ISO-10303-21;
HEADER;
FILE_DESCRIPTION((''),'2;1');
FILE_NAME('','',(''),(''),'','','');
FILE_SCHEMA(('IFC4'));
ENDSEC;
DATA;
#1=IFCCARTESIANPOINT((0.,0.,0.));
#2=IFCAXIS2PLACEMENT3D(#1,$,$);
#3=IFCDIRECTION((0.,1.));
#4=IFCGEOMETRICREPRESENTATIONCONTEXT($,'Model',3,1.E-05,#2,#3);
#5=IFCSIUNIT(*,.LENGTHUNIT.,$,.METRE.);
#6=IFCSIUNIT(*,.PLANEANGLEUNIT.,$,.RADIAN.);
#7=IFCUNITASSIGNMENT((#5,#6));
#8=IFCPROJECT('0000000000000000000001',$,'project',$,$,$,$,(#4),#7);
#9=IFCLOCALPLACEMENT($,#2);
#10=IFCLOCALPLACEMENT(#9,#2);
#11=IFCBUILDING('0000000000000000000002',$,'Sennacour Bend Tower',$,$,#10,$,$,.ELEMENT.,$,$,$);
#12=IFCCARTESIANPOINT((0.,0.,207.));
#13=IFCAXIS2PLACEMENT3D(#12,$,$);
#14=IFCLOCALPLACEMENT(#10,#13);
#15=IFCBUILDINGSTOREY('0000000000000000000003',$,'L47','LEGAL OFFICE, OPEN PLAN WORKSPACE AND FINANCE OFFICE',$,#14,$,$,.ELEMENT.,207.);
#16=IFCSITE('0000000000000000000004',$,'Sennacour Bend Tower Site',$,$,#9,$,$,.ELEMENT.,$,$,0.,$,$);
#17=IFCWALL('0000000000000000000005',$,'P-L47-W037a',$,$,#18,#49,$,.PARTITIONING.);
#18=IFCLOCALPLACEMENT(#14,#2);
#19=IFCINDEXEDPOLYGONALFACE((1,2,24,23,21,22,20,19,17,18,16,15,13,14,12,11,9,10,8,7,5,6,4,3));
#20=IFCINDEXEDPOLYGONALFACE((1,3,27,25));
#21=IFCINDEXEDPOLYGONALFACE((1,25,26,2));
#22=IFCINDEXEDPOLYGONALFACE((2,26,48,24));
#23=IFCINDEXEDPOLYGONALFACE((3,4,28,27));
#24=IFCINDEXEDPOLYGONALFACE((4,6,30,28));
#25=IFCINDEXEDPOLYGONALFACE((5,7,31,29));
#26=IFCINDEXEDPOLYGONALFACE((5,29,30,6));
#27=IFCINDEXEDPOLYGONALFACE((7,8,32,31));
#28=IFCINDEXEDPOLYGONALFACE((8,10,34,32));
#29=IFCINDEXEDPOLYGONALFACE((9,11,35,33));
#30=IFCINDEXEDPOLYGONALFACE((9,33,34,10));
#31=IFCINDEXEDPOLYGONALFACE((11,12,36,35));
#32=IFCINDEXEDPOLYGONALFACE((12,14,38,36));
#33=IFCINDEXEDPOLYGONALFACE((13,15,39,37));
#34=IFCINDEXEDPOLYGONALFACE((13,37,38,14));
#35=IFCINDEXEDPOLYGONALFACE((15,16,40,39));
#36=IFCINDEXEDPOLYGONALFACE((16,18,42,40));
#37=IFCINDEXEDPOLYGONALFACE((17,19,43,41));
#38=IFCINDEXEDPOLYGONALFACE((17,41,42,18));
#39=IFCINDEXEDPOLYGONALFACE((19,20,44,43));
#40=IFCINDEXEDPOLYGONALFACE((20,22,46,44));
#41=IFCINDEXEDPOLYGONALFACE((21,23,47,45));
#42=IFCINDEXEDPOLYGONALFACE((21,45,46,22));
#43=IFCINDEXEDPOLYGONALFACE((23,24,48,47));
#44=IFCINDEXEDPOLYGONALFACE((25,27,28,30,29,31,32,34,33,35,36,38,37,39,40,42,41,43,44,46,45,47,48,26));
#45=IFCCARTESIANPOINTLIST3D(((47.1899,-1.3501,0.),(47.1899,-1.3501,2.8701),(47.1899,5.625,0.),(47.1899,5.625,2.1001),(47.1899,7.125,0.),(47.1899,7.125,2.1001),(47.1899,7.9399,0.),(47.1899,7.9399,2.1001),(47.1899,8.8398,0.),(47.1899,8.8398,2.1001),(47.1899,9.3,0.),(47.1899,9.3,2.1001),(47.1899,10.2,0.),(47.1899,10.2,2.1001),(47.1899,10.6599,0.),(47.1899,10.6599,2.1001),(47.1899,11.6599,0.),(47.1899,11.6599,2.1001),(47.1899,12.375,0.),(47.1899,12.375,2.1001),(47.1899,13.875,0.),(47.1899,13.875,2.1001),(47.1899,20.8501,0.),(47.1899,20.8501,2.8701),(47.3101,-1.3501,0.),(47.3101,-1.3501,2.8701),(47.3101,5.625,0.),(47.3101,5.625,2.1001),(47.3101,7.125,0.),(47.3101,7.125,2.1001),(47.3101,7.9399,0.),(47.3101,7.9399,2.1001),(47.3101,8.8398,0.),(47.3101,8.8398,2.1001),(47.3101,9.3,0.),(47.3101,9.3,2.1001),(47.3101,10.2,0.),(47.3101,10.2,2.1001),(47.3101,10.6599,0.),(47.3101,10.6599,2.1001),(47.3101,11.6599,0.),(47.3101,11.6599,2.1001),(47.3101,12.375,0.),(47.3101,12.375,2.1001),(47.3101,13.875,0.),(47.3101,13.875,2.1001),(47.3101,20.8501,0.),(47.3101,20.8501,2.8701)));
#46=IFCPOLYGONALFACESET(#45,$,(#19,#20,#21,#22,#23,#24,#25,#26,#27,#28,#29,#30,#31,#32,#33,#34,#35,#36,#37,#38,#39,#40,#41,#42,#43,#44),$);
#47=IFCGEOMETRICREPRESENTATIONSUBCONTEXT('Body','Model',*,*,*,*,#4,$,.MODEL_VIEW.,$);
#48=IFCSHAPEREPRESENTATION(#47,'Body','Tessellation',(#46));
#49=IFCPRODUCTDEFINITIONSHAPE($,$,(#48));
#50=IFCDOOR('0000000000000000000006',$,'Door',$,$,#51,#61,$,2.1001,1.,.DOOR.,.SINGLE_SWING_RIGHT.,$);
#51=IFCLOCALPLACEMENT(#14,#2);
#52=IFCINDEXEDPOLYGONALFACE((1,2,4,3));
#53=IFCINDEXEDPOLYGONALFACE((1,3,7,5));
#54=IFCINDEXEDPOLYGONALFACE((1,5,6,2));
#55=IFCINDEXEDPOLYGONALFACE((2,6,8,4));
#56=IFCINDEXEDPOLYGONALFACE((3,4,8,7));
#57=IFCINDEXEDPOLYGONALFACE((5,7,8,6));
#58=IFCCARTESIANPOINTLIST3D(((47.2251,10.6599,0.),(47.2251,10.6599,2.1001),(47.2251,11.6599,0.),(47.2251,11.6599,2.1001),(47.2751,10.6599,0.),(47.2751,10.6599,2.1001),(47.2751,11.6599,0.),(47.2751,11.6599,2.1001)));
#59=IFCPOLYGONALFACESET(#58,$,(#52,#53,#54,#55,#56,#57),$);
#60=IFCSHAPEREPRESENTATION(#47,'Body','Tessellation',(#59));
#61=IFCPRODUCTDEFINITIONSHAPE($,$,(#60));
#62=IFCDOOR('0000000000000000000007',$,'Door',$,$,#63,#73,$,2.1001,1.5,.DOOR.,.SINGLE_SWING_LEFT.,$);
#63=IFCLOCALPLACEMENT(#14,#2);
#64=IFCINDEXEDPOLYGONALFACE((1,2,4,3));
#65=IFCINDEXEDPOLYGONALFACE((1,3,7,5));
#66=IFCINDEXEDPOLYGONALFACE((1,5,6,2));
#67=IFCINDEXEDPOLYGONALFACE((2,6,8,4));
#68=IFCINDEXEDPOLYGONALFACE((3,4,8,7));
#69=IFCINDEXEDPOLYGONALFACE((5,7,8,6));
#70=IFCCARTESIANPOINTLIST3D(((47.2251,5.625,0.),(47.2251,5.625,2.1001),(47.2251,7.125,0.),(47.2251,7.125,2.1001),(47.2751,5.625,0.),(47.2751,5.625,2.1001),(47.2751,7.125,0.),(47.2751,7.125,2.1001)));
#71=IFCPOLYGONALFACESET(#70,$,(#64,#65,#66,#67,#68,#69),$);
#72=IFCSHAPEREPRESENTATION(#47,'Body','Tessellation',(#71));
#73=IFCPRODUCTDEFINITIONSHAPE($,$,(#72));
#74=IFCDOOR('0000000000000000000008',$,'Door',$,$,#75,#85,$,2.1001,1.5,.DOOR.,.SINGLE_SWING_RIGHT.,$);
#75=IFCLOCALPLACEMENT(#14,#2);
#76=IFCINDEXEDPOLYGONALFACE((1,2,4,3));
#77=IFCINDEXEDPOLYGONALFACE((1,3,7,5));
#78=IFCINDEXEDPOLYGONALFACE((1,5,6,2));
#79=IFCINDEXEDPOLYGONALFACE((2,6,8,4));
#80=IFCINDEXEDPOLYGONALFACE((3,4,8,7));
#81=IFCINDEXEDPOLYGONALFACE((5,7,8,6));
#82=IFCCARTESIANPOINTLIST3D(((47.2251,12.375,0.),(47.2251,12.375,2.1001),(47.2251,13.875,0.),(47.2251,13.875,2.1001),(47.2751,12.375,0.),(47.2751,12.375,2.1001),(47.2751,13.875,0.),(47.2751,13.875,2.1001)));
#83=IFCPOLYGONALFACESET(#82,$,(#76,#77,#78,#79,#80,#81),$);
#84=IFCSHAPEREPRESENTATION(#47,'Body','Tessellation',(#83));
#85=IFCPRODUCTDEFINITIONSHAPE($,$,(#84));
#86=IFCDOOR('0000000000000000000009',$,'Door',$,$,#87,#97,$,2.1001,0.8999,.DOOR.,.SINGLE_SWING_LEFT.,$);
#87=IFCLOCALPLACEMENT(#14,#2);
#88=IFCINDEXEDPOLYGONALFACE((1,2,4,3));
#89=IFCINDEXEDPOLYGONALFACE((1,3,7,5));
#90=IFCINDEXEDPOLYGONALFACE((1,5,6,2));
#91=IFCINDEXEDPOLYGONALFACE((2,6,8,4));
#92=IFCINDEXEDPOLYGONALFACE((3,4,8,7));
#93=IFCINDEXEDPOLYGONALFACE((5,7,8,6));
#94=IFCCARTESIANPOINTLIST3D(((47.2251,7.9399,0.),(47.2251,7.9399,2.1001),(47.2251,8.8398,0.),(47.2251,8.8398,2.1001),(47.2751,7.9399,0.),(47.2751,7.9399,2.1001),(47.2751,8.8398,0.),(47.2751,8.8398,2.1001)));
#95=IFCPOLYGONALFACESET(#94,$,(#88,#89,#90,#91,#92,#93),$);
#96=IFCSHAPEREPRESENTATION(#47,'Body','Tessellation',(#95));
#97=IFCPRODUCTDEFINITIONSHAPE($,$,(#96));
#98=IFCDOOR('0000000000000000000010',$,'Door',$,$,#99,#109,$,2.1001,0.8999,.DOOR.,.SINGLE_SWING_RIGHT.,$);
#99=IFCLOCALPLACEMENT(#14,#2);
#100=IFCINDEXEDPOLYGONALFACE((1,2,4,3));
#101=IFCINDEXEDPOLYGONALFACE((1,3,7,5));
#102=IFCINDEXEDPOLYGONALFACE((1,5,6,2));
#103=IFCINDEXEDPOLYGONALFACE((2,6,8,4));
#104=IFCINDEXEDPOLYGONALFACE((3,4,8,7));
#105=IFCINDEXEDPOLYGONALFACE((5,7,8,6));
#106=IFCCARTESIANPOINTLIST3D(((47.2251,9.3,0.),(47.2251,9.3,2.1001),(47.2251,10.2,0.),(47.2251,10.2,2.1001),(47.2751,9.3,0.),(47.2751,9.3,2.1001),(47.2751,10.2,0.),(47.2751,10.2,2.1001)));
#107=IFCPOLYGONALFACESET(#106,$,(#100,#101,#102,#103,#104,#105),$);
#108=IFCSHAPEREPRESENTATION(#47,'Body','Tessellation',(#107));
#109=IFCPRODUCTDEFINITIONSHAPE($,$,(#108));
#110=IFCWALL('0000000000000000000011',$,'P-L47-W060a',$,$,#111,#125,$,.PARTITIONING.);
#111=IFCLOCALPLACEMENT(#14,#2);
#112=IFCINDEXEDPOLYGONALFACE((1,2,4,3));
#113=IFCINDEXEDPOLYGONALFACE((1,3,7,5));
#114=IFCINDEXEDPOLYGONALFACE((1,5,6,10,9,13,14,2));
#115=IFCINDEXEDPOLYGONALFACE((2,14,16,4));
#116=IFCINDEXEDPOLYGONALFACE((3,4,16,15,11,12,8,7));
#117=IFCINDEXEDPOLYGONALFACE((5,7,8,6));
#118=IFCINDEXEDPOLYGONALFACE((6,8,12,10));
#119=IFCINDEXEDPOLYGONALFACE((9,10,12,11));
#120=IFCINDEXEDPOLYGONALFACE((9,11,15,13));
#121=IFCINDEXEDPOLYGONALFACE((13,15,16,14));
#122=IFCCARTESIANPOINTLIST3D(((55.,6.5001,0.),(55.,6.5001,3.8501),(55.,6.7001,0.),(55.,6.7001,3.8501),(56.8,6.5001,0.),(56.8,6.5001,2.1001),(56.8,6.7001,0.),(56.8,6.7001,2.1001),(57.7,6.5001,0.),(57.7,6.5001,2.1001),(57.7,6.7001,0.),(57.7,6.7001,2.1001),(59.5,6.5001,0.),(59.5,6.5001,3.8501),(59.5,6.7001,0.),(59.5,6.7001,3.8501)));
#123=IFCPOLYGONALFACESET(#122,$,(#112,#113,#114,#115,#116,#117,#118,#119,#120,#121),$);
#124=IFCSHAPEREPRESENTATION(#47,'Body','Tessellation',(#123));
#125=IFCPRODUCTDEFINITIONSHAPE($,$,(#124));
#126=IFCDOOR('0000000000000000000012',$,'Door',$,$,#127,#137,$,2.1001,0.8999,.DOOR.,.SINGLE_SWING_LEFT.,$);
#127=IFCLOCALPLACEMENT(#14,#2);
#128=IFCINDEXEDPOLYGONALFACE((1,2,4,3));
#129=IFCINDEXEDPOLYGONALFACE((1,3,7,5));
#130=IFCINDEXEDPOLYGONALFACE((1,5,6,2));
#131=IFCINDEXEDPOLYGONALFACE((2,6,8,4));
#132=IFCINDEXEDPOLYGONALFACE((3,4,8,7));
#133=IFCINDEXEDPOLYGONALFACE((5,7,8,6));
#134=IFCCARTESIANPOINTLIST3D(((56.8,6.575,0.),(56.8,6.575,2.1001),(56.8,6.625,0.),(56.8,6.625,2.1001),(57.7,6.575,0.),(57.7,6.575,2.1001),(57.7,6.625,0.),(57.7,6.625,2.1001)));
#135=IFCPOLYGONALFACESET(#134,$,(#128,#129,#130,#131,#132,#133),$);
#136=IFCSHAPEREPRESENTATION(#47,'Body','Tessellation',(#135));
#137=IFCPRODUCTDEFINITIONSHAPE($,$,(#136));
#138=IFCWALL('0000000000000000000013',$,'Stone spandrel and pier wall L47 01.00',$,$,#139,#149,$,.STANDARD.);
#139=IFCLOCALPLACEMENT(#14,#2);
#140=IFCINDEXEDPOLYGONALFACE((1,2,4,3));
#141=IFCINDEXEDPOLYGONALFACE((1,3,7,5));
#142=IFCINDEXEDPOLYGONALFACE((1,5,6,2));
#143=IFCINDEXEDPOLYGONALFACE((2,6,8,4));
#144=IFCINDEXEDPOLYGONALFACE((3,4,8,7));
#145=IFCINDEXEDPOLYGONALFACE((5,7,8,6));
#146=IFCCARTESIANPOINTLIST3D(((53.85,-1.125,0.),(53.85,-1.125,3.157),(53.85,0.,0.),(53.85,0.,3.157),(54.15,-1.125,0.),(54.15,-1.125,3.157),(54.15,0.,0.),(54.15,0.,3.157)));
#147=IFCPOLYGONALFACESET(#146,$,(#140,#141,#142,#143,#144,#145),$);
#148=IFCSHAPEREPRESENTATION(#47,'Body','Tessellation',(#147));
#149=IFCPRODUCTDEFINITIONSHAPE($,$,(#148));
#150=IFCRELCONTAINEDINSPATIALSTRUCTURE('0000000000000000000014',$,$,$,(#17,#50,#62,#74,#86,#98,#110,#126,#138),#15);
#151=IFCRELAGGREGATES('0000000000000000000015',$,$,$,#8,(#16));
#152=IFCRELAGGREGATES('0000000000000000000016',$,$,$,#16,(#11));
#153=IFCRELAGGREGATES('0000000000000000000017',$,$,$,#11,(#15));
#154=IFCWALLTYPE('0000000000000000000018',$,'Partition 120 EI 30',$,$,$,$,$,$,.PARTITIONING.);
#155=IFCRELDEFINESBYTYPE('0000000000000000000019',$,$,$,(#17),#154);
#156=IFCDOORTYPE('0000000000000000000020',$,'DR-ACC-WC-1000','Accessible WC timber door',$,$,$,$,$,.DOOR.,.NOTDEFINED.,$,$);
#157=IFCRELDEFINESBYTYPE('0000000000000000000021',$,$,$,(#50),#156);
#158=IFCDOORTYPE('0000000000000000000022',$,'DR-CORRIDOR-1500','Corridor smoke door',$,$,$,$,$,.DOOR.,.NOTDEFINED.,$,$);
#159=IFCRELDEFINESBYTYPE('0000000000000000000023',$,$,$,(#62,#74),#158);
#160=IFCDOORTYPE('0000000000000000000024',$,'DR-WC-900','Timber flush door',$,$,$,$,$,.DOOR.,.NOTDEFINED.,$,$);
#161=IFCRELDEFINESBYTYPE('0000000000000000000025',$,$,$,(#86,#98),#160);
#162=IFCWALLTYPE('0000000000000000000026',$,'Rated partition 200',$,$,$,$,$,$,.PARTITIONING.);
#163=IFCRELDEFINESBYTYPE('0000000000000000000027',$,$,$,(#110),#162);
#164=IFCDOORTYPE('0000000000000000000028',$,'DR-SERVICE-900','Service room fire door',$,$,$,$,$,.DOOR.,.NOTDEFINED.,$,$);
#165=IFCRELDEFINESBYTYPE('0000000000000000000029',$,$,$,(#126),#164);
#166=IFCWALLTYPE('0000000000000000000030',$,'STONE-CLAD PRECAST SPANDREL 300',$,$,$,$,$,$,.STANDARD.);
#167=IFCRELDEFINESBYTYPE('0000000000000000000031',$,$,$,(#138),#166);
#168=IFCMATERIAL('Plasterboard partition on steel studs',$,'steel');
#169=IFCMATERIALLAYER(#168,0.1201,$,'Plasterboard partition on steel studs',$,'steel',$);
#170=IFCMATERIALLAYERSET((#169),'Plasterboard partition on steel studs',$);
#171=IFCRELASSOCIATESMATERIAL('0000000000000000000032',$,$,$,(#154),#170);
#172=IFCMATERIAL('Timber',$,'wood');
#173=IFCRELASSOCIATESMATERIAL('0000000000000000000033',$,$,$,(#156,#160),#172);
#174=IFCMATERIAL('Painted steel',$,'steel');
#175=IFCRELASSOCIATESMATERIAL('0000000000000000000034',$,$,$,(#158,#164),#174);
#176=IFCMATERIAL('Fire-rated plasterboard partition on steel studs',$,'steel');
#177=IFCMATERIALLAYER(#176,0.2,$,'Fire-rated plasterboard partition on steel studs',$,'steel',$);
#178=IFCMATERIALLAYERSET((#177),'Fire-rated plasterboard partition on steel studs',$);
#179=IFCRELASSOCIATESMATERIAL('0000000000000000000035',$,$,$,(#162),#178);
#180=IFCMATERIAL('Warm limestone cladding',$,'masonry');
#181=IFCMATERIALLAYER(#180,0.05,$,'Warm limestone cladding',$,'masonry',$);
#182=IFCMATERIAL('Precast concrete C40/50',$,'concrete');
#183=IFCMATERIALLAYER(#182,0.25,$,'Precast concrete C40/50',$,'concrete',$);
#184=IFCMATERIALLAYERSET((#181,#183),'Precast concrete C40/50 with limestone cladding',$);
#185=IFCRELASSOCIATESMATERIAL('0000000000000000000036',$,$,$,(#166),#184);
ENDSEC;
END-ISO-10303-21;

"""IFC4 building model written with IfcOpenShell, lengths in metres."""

from ifc_helpers import new_model, si_unit, direction, frame, frame_2d, origin, place, context, subcontext, project, spatial, rectangle, extrude, material, layer, layer_set, type_object, element, fill, save


model = new_model("IFC4")

# Units and contexts
model_context = context("Model", 3, precision=1e-05, world=origin(), true_north=direction((0.0, 1.0)))
body_context = subcontext(model_context, "Body", "Model", "MODEL_VIEW")
ifc_project = project(units=[si_unit("LENGTHUNIT", "METRE"), si_unit("PLANEANGLEUNIT", "RADIAN")], contexts=[model_context])

# Site, building, storey
site_placement = place(None, origin())
site = spatial("IfcSite", under=ifc_project, at=site_placement, Name="Sennacour Bend Tower Site", CompositionType="ELEMENT", RefElevation=0.0)
building_placement = place(site_placement, origin())
building = spatial("IfcBuilding", under=site, at=building_placement, Name="Sennacour Bend Tower", CompositionType="ELEMENT")
storey_placement = place(building_placement, frame((0.0, 0.0, 207.0)))
storey = spatial("IfcBuildingStorey", under=building, at=storey_placement, Name="L47", Description="LEGAL OFFICE, OPEN PLAN WORKSPACE AND FINANCE OFFICE", CompositionType="ELEMENT", Elevation=207.0)

# Shared definitions
ifc_material_1 = material(Name="Painted steel", Category="steel")

# Shared definitions
ifc_material_2 = material(Name="Plasterboard partition on steel studs", Category="steel")

# Wall, openings, doors
ifc_layer_1 = layer(ifc_material_2, 0.1201, Name="Plasterboard partition on steel studs", Category="steel")
ifc_layer_set_1 = layer_set([ifc_layer_1], Name="Plasterboard partition on steel studs")
wall_type_1 = type_object("IfcWallType", Name="Partition 120 EI 30", PredefinedType="PARTITIONING", material=ifc_layer_set_1)
wall_1_placement = place(storey_placement, frame((47.25, -1.3501, 0.0), z_axis=(0.0, 0.0, 1.0), x_axis=(0.0, 1.0, 0.0)))
wall_1 = element("IfcWall", 1, at=wall_1_placement, inside=storey, type_object=wall_type_1, Name="P-L47-W037a", PredefinedType="PARTITIONING", context=body_context, shape_type="SweptSolid", body=[
    extrude(rectangle(XDim=22.2002, YDim=0.1201, at=frame_2d((11.1001, 0.0))), origin(), (0.0, 0.0, 1.0), 2.8701),
])
opening_1_placement = place(wall_1_placement, frame((6.9751, 0.0, 0.0)))
opening_1 = element("IfcOpeningElement", 2, at=opening_1_placement, cuts=wall_1, PredefinedType="OPENING", context=body_context, shape_type="SweptSolid", body=[
    extrude(rectangle(XDim=1.5, YDim=2.1001, at=frame_2d((0.75, 1.05))), frame((0.0, 0.0701, 0.0), z_axis=(0.0, -1.0, 0.0), x_axis=(1.0, 0.0, 0.0)), (0.0, 0.0, 1.0), 0.1401),
])
opening_2_placement = place(wall_1_placement, frame((13.7251, 0.0, 0.0)))
opening_2 = element("IfcOpeningElement", 3, at=opening_2_placement, cuts=wall_1, PredefinedType="OPENING", context=body_context, shape_type="SweptSolid", body=[
    extrude(rectangle(XDim=1.5, YDim=2.1001, at=frame_2d((0.75, 1.05))), frame((0.0, 0.0701, 0.0), z_axis=(0.0, -1.0, 0.0), x_axis=(1.0, 0.0, 0.0)), (0.0, 0.0, 1.0), 0.1401),
])
opening_3_placement = place(wall_1_placement, frame((9.29, 0.0, 0.0)))
opening_3 = element("IfcOpeningElement", 4, at=opening_3_placement, cuts=wall_1, PredefinedType="OPENING", context=body_context, shape_type="SweptSolid", body=[
    extrude(rectangle(XDim=0.8999, YDim=2.1001, at=frame_2d((0.45, 1.05))), frame((0.0, 0.0701, 0.0), z_axis=(0.0, -1.0, 0.0), x_axis=(1.0, 0.0, 0.0)), (0.0, 0.0, 1.0), 0.1401),
])
opening_4_placement = place(wall_1_placement, frame((10.6501, 0.0, 0.0)))
opening_4 = element("IfcOpeningElement", 5, at=opening_4_placement, cuts=wall_1, PredefinedType="OPENING", context=body_context, shape_type="SweptSolid", body=[
    extrude(rectangle(XDim=0.8999, YDim=2.1001, at=frame_2d((0.45, 1.05))), frame((0.0, 0.0701, 0.0), z_axis=(0.0, -1.0, 0.0), x_axis=(1.0, 0.0, 0.0)), (0.0, 0.0, 1.0), 0.1401),
])
opening_5_placement = place(wall_1_placement, frame((12.01, 0.0, 0.0)))
opening_5 = element("IfcOpeningElement", 6, at=opening_5_placement, cuts=wall_1, PredefinedType="OPENING", context=body_context, shape_type="SweptSolid", body=[
    extrude(rectangle(XDim=1.0, YDim=2.1001, at=frame_2d((0.5, 1.05))), frame((0.0, 0.0701, 0.0), z_axis=(0.0, -1.0, 0.0), x_axis=(1.0, 0.0, 0.0)), (0.0, 0.0, 1.0), 0.1401),
])
ifc_material_3 = material(Name="Timber", Category="wood")
door_type_1 = type_object("IfcDoorType", Name="DR-ACC-WC-1000", Description="Accessible WC timber door", OperationType="NOTDEFINED", PredefinedType="DOOR", material=ifc_material_3)
door_1_placement = place(opening_5_placement, origin())
door_1 = element("IfcDoor", 7, at=door_1_placement, inside=storey, type_object=door_type_1, Name="Door", OperationType="SINGLE_SWING_RIGHT", OverallHeight=2.1001, OverallWidth=1.0, PredefinedType="DOOR", context=body_context, shape_type="SweptSolid", body=[
    extrude(rectangle(XDim=1.0, YDim=2.1001, at=frame_2d((0.5, 1.05))), frame((0.0, 0.0249, 0.0), z_axis=(0.0, -1.0, 0.0), x_axis=(1.0, 0.0, 0.0)), (0.0, 0.0, 1.0), 0.05),
])
fill(opening_5, door_1)
door_type_2 = type_object("IfcDoorType", Name="DR-CORRIDOR-1500", Description="Corridor smoke door", OperationType="NOTDEFINED", PredefinedType="DOOR", material=ifc_material_1)
door_2_placement = place(opening_1_placement, origin())
door_2 = element("IfcDoor", 8, at=door_2_placement, inside=storey, type_object=door_type_2, Name="Door", OperationType="SINGLE_SWING_LEFT", OverallHeight=2.1001, OverallWidth=1.5, PredefinedType="DOOR", context=body_context, shape_type="SweptSolid", body=[
    extrude(rectangle(XDim=1.5, YDim=2.1001, at=frame_2d((0.75, 1.05))), frame((0.0, 0.0249, 0.0), z_axis=(0.0, -1.0, 0.0), x_axis=(1.0, 0.0, 0.0)), (0.0, 0.0, 1.0), 0.05),
])
fill(opening_1, door_2)
door_3_placement = place(opening_2_placement, origin())
door_3 = element("IfcDoor", 9, at=door_3_placement, inside=storey, type_object=door_type_2, Name="Door", OperationType="SINGLE_SWING_RIGHT", OverallHeight=2.1001, OverallWidth=1.5, PredefinedType="DOOR", context=body_context, shape_type="SweptSolid", body=[
    extrude(rectangle(XDim=1.5, YDim=2.1001, at=frame_2d((0.75, 1.05))), frame((0.0, 0.0249, 0.0), z_axis=(0.0, -1.0, 0.0), x_axis=(1.0, 0.0, 0.0)), (0.0, 0.0, 1.0), 0.05),
])
fill(opening_2, door_3)
door_type_3 = type_object("IfcDoorType", Name="DR-WC-900", Description="Timber flush door", OperationType="NOTDEFINED", PredefinedType="DOOR", material=ifc_material_3)
door_4_placement = place(opening_3_placement, origin())
door_4 = element("IfcDoor", 10, at=door_4_placement, inside=storey, type_object=door_type_3, Name="Door", OperationType="SINGLE_SWING_LEFT", OverallHeight=2.1001, OverallWidth=0.8999, PredefinedType="DOOR", context=body_context, shape_type="SweptSolid", body=[
    extrude(rectangle(XDim=0.8999, YDim=2.1001, at=frame_2d((0.45, 1.05))), frame((0.0, 0.0249, 0.0), z_axis=(0.0, -1.0, 0.0), x_axis=(1.0, 0.0, 0.0)), (0.0, 0.0, 1.0), 0.05),
])
fill(opening_3, door_4)
door_5_placement = place(opening_4_placement, origin())
door_5 = element("IfcDoor", 11, at=door_5_placement, inside=storey, type_object=door_type_3, Name="Door", OperationType="SINGLE_SWING_RIGHT", OverallHeight=2.1001, OverallWidth=0.8999, PredefinedType="DOOR", context=body_context, shape_type="SweptSolid", body=[
    extrude(rectangle(XDim=0.8999, YDim=2.1001, at=frame_2d((0.45, 1.05))), frame((0.0, 0.0249, 0.0), z_axis=(0.0, -1.0, 0.0), x_axis=(1.0, 0.0, 0.0)), (0.0, 0.0, 1.0), 0.05),
])
fill(opening_4, door_5)

# Wall, opening, door
ifc_material_4 = material(Name="Fire-rated plasterboard partition on steel studs", Category="steel")
ifc_layer_2 = layer(ifc_material_4, 0.2, Name="Fire-rated plasterboard partition on steel studs", Category="steel")
ifc_layer_set_2 = layer_set([ifc_layer_2], Name="Fire-rated plasterboard partition on steel studs")
wall_type_2 = type_object("IfcWallType", Name="Rated partition 200", PredefinedType="PARTITIONING", material=ifc_layer_set_2)
wall_2_placement = place(storey_placement, frame((55.0, 6.6001, 0.0), z_axis=(0.0, 0.0, 1.0), x_axis=(1.0, 0.0, 0.0)))
wall_2 = element("IfcWall", 12, at=wall_2_placement, inside=storey, type_object=wall_type_2, Name="P-L47-W060a", PredefinedType="PARTITIONING", context=body_context, shape_type="SweptSolid", body=[
    extrude(rectangle(XDim=4.5, YDim=0.2, at=frame_2d((2.25, 0.0))), origin(), (0.0, 0.0, 1.0), 3.8501),
])
opening_6_placement = place(wall_2_placement, frame((1.8, 0.0, 0.0)))
opening_6 = element("IfcOpeningElement", 13, at=opening_6_placement, cuts=wall_2, PredefinedType="OPENING", context=body_context, shape_type="SweptSolid", body=[
    extrude(rectangle(XDim=0.8999, YDim=2.1001, at=frame_2d((0.45, 1.05))), frame((0.0, 0.1099, 0.0), z_axis=(0.0, -1.0, 0.0), x_axis=(1.0, 0.0, 0.0)), (0.0, 0.0, 1.0), 0.22),
])
door_type_4 = type_object("IfcDoorType", Name="DR-SERVICE-900", Description="Service room fire door", OperationType="NOTDEFINED", PredefinedType="DOOR", material=ifc_material_1)
door_6_placement = place(opening_6_placement, origin())
door_6 = element("IfcDoor", 14, at=door_6_placement, inside=storey, type_object=door_type_4, Name="Door", OperationType="SINGLE_SWING_LEFT", OverallHeight=2.1001, OverallWidth=0.8999, PredefinedType="DOOR", context=body_context, shape_type="SweptSolid", body=[
    extrude(rectangle(XDim=0.8999, YDim=2.1001, at=frame_2d((0.45, 1.05))), frame((0.0, 0.0249, 0.0), z_axis=(0.0, -1.0, 0.0), x_axis=(1.0, 0.0, 0.0)), (0.0, 0.0, 1.0), 0.05),
])
fill(opening_6, door_6)

# Wall
ifc_material_5 = material(Name="Warm limestone cladding", Category="masonry")
ifc_layer_3 = layer(ifc_material_5, 0.05, Name="Warm limestone cladding", Category="masonry")
ifc_material_6 = material(Name="Precast concrete C40/50", Category="concrete")
ifc_layer_4 = layer(ifc_material_6, 0.25, Name="Precast concrete C40/50", Category="concrete")
ifc_layer_set_3 = layer_set([ifc_layer_3, ifc_layer_4], Name="Precast concrete C40/50 with limestone cladding")
wall_type_3 = type_object("IfcWallType", Name="STONE-CLAD PRECAST SPANDREL 300", PredefinedType="STANDARD", material=ifc_layer_set_3)
wall_3_placement = place(storey_placement, frame((54.0, -1.125, 0.0), z_axis=(0.0, 0.0, 1.0), x_axis=(0.0, 1.0, 0.0)))
element("IfcWall", 15, at=wall_3_placement, inside=storey, type_object=wall_type_3, Name="Stone spandrel and pier wall L47 01.00", PredefinedType="STANDARD", context=body_context, shape_type="SweptSolid", body=[
    extrude(rectangle(XDim=1.125, YDim=0.3, at=frame_2d((0.5625, 0.0))), origin(), (0.0, 0.0, 1.0), 3.157),
])

save(model, "model.ifc")
